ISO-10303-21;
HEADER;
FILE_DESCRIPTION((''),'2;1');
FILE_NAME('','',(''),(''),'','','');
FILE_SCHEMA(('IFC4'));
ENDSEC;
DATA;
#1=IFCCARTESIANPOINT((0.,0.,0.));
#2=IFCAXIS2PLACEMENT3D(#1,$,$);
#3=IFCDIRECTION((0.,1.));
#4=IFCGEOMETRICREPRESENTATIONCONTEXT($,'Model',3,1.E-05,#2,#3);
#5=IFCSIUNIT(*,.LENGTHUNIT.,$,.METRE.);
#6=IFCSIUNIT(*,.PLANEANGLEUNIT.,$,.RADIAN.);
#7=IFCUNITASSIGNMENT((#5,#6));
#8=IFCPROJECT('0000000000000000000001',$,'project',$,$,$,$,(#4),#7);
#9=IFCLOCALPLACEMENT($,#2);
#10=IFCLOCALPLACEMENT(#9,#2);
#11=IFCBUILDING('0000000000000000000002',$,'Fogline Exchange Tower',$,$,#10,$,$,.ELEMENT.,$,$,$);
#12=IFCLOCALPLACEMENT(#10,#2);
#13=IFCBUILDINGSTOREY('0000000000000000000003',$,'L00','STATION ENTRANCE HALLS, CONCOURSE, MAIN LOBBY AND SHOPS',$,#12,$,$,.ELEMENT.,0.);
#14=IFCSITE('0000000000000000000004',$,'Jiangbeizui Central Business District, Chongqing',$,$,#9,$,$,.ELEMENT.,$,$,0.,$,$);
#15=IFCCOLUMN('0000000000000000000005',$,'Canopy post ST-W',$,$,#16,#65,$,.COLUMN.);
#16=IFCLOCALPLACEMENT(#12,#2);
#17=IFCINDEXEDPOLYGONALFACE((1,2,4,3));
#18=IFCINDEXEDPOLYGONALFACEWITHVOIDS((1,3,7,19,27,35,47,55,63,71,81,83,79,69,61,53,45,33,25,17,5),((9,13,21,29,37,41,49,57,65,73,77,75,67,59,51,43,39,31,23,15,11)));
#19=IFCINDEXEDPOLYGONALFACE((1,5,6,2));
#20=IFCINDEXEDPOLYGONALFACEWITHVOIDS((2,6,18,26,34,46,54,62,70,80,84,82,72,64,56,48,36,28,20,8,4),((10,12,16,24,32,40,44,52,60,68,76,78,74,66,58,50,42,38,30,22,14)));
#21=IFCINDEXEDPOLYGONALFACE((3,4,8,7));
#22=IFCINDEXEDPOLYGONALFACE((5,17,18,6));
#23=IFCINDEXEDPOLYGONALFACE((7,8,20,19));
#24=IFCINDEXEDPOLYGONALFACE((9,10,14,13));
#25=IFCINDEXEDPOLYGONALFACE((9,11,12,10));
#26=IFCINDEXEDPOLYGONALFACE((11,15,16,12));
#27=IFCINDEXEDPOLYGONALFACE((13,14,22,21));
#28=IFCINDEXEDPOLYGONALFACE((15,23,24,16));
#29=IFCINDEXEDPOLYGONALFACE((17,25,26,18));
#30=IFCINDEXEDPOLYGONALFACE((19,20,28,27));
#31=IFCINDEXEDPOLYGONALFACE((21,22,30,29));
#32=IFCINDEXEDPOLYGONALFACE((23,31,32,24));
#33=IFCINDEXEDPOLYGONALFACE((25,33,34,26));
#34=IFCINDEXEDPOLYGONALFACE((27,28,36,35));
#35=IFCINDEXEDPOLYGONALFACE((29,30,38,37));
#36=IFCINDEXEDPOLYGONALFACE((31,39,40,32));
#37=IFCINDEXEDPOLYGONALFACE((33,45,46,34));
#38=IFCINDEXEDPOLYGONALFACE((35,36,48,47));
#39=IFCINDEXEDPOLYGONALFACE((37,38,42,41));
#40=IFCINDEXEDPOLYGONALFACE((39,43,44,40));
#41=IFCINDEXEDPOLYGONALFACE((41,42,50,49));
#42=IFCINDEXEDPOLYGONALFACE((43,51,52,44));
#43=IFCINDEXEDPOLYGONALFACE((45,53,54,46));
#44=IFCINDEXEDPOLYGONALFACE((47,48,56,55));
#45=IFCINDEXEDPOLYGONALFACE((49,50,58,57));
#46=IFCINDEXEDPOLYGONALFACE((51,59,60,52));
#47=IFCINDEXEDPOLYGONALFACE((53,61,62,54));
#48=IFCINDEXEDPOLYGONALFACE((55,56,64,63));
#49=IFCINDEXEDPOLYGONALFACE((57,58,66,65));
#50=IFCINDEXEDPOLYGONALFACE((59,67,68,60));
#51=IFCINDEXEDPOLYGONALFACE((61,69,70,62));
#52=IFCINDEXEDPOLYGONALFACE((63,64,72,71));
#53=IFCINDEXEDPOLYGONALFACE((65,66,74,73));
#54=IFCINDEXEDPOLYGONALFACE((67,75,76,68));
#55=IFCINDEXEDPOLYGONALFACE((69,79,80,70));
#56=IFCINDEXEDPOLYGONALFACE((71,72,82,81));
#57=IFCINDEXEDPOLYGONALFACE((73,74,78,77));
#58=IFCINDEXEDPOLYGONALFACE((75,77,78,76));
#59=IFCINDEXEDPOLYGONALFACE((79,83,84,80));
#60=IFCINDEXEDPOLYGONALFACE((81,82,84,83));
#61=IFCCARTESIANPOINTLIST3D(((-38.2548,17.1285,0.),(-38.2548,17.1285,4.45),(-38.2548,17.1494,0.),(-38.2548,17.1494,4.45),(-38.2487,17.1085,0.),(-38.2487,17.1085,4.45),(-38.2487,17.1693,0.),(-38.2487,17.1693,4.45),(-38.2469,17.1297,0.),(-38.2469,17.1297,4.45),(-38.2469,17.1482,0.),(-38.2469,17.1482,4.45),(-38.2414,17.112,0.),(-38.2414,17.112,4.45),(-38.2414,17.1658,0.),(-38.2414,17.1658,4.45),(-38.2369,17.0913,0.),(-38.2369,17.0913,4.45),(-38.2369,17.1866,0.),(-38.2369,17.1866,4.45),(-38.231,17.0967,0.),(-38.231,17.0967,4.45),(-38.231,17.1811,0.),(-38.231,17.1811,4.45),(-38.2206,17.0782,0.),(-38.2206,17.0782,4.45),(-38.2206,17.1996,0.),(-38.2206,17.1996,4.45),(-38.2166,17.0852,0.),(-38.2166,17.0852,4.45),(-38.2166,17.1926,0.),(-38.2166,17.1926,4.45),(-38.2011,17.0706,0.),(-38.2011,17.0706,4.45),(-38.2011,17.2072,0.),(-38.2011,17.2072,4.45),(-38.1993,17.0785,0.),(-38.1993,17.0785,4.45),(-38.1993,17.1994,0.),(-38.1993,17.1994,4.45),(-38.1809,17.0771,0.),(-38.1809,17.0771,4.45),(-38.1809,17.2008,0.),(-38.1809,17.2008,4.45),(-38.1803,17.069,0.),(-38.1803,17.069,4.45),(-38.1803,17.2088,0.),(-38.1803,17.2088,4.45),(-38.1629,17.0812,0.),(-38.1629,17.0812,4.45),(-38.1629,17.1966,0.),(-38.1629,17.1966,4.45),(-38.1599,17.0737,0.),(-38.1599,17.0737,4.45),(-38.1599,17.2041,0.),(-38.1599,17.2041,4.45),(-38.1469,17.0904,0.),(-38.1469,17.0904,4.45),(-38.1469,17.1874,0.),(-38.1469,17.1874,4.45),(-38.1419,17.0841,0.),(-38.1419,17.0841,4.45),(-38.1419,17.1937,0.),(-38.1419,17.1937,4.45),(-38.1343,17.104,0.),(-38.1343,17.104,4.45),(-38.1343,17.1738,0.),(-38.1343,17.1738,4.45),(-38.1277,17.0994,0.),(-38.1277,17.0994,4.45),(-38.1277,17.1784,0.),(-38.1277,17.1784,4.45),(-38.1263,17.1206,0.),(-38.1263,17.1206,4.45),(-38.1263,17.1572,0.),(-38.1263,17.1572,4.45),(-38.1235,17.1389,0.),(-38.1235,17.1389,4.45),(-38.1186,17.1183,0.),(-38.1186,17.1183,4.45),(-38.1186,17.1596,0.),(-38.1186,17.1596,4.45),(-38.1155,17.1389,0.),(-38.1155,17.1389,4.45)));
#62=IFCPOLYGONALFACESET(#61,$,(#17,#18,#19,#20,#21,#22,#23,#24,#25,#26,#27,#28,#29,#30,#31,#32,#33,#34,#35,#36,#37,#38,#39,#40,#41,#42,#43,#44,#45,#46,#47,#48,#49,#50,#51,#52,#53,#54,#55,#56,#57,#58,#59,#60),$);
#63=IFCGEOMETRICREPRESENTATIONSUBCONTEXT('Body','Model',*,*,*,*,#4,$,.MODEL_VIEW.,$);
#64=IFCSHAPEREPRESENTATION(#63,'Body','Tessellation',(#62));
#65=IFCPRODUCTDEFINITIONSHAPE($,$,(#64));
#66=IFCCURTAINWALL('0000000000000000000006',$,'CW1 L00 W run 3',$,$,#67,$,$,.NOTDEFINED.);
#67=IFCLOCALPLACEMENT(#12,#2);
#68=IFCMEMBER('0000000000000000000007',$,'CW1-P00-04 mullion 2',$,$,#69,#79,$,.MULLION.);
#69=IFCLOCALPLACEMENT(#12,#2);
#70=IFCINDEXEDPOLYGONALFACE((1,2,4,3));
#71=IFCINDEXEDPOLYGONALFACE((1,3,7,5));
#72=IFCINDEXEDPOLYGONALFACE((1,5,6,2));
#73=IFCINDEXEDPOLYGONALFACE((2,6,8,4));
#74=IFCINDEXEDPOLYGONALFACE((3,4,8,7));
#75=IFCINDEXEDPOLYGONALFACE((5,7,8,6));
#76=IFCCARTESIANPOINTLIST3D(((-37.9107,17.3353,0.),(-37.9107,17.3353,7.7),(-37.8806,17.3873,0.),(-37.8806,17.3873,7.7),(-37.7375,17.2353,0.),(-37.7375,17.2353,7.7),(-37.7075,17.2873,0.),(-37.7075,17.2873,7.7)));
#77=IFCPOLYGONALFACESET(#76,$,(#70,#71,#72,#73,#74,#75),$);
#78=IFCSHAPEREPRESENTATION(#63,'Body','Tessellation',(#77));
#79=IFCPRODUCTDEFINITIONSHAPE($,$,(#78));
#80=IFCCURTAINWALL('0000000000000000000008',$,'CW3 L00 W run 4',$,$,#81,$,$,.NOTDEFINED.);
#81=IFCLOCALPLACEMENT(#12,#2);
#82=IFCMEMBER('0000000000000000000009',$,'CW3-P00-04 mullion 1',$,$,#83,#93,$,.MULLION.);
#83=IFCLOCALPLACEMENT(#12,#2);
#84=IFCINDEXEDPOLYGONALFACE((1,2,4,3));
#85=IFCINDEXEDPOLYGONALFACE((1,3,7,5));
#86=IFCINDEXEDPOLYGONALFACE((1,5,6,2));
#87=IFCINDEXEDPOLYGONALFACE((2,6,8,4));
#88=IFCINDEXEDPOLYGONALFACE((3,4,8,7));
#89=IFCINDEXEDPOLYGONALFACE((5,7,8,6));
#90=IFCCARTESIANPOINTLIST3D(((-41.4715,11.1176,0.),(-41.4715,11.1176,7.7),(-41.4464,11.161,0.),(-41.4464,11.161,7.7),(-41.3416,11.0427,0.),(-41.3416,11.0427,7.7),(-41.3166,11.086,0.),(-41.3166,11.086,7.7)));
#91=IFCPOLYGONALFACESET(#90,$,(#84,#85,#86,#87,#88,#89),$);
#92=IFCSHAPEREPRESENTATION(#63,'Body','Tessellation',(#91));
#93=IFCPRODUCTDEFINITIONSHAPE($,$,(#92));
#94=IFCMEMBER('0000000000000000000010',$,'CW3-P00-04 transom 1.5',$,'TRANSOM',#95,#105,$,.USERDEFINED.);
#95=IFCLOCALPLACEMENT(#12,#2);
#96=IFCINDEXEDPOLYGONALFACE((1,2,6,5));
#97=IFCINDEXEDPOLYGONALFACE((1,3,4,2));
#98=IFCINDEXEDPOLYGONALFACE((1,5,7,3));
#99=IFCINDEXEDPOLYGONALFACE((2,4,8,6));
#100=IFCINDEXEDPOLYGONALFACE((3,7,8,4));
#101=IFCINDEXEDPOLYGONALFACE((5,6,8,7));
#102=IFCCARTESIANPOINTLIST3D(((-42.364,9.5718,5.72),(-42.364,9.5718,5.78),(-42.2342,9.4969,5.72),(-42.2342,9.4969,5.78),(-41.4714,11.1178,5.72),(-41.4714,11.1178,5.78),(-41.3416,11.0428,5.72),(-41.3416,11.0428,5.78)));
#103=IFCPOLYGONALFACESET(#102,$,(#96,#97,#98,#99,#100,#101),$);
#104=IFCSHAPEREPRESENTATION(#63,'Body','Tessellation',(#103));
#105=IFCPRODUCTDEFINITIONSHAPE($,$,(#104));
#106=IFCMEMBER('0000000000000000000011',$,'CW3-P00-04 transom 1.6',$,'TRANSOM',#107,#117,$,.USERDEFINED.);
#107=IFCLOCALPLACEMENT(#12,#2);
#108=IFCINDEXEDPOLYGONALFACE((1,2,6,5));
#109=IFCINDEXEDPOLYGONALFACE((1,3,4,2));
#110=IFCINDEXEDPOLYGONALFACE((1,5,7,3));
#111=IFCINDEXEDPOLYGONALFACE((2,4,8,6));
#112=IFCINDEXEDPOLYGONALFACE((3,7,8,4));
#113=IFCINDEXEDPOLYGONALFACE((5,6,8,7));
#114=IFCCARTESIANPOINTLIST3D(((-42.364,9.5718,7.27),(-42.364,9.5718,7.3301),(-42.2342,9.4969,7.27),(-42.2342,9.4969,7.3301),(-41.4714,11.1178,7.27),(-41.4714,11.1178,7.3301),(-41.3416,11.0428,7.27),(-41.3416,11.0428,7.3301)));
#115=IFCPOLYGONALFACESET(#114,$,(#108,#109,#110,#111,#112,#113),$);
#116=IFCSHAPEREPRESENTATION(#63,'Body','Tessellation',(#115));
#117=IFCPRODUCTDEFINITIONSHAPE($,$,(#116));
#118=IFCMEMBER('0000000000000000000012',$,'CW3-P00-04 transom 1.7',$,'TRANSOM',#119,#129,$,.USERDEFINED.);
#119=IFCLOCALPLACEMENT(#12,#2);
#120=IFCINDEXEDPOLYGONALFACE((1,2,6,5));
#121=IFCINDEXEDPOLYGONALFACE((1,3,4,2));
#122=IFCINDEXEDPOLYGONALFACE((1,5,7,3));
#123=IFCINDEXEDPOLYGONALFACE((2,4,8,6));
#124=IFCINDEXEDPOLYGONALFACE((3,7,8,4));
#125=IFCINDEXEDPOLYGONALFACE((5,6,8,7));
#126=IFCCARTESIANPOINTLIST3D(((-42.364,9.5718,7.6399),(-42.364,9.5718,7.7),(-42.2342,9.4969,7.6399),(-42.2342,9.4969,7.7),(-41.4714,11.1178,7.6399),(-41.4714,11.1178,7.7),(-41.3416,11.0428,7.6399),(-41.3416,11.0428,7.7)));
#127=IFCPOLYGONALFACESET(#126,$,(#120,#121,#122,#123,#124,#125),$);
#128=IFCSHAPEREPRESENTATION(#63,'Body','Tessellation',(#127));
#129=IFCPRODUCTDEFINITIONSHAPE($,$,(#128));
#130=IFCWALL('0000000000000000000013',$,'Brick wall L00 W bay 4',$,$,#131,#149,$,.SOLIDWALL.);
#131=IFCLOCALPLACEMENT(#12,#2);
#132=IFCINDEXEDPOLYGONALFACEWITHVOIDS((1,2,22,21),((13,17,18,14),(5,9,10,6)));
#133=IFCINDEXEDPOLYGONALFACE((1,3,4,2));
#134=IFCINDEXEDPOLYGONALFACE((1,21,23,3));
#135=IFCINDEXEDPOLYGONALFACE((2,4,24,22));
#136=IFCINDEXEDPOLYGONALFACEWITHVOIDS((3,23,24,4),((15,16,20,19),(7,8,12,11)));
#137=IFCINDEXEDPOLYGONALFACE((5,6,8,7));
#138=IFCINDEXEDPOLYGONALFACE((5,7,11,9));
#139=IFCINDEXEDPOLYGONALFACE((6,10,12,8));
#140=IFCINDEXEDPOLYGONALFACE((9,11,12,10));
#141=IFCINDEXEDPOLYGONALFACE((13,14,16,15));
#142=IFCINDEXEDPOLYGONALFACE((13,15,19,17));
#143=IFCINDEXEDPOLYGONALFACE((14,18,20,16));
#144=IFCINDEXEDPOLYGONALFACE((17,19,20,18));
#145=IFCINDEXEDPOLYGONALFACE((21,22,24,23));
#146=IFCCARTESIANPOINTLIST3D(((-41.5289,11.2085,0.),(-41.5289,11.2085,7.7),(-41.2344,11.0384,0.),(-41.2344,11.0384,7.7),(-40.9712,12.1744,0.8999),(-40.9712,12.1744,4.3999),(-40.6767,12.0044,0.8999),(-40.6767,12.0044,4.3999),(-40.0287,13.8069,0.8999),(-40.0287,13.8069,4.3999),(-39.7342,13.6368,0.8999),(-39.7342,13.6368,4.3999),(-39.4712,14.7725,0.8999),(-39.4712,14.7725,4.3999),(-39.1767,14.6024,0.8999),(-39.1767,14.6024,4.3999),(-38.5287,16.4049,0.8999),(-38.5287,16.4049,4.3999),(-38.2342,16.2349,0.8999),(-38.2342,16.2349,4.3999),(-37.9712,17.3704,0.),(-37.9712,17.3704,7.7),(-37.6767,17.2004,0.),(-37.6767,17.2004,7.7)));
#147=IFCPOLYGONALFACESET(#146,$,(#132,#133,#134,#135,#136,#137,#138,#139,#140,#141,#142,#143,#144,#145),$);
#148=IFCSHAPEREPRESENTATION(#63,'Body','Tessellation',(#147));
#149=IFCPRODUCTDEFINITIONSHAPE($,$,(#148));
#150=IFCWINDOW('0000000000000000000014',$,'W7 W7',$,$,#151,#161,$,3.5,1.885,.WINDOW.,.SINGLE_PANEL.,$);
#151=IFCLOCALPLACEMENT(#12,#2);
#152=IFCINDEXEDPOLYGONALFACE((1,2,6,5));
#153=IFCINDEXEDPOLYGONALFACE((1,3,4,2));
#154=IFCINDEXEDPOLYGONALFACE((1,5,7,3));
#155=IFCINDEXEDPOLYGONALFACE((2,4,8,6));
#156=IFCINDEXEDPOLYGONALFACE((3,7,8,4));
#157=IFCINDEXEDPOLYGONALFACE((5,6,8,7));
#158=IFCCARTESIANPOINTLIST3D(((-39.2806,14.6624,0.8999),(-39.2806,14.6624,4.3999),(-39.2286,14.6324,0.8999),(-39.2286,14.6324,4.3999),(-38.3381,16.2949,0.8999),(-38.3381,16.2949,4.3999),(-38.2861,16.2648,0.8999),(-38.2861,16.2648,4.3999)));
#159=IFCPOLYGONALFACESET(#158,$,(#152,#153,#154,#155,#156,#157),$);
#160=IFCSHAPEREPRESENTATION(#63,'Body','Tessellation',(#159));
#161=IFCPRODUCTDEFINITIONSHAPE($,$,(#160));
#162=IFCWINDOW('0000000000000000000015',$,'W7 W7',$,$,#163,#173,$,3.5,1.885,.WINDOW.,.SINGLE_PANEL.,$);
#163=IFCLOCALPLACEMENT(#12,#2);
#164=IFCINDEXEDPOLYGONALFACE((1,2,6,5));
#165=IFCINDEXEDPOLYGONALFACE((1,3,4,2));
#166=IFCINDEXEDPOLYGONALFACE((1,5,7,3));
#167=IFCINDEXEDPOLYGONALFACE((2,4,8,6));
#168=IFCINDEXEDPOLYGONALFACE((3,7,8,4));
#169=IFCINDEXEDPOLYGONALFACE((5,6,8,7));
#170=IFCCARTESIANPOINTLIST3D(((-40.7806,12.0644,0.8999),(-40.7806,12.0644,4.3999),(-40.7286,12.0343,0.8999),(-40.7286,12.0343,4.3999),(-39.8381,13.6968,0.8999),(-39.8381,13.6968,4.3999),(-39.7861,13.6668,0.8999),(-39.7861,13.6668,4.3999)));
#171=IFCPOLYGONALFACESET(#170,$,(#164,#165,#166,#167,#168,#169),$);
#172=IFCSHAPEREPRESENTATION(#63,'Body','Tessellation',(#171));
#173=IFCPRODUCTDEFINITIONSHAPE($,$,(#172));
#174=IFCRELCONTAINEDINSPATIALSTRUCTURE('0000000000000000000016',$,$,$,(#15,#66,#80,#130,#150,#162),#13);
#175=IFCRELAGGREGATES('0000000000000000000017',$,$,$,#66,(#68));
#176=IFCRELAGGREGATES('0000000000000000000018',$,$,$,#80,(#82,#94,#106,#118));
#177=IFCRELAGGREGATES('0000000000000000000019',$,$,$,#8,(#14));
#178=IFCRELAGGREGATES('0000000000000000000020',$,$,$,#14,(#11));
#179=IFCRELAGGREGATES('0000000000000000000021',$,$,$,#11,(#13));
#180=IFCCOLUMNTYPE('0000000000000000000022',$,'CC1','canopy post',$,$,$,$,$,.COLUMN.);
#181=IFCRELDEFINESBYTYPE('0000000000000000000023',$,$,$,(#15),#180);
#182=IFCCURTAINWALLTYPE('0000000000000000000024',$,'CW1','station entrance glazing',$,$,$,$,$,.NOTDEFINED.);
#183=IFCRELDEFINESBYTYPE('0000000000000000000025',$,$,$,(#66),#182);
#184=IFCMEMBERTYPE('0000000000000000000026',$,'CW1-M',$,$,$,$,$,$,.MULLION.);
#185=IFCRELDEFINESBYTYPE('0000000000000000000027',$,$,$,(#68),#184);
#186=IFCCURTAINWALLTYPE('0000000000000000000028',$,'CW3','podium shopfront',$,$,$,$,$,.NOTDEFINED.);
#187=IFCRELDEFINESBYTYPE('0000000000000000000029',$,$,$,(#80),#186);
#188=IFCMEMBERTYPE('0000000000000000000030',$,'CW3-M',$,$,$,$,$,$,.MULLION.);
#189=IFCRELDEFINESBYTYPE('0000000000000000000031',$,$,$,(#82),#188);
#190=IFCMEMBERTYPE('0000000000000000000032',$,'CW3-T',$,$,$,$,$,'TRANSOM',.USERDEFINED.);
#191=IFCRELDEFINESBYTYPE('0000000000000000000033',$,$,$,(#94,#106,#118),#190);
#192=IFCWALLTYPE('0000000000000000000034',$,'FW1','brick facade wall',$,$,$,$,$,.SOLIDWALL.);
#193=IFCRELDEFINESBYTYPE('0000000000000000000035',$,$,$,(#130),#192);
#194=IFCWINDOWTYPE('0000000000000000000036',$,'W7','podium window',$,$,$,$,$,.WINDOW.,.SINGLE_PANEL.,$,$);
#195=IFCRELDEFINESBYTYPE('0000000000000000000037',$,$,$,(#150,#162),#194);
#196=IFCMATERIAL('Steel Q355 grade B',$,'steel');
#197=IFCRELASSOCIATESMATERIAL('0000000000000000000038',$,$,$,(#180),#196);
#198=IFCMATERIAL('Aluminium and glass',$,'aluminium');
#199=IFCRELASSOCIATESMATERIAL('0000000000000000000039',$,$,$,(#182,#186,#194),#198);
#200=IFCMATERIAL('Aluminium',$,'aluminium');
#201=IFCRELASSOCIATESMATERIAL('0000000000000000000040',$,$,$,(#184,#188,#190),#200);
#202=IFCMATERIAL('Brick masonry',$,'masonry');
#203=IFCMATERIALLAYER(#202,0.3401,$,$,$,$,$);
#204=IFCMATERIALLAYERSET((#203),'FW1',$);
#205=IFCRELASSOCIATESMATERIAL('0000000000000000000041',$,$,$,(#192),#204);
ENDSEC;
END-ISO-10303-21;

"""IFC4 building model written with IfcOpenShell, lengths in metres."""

from ifc_helpers import new_model, si_unit, direction, frame, frame_2d, origin, origin_2d, place, context, subcontext, project, spatial, rectangle, hollow_circle, extrude, material, layer, layer_set, material_profile, profile_set, type_object, element, fill, aggregate, save


model = new_model("IFC4")

# Units and contexts
model_context = context("Model", 3, precision=1e-05, world=origin(), true_north=direction((0.0, 1.0)))
body_context = subcontext(model_context, "Body", "Model", "MODEL_VIEW")
ifc_project = project(units=[si_unit("LENGTHUNIT", "METRE"), si_unit("PLANEANGLEUNIT", "RADIAN")], contexts=[model_context])

# Site, building, storey
site_placement = place(None, origin())
site = spatial("IfcSite", under=ifc_project, at=site_placement, Name="Jiangbeizui Central Business District, Chongqing", CompositionType="ELEMENT", RefElevation=0.0)
building_placement = place(site_placement, origin())
building = spatial("IfcBuilding", under=site, at=building_placement, Name="Fogline Exchange Tower", CompositionType="ELEMENT")
storey_placement = place(building_placement, origin())
storey = spatial("IfcBuildingStorey", under=building, at=storey_placement, Name="L00", Description="STATION ENTRANCE HALLS, CONCOURSE, MAIN LOBBY AND SHOPS", CompositionType="ELEMENT", Elevation=0.0)

# Column
ifc_material_1 = material(Name="Steel Q355 grade B", Category="steel")
ifc_material_profile_1 = material_profile(ifc_material_1, hollow_circle(Radius=0.0701, WallThickness=0.0081, at=origin_2d()), Name="CHS 140x8")
ifc_profile_set_1 = profile_set([ifc_material_profile_1], Name="Steel Q355 grade B")
column_type = type_object("IfcColumnType", Name="CC1", Description="canopy post", PredefinedType="COLUMN", material=ifc_profile_set_1)
column_placement = place(storey_placement, frame((-38.1855, 17.1389, 0.0), z_axis=(0.0, 0.0, 1.0), x_axis=(1.0, 0.0, 0.0)))
element("IfcColumn", 1, at=column_placement, inside=storey, type_object=column_type, Name="Canopy post ST-W", PredefinedType="COLUMN", context=body_context, shape_type="SweptSolid", body=[
    extrude(hollow_circle(Radius=0.0701, WallThickness=0.0081, at=origin_2d()), origin(), (0.0, 0.0, 1.0), 4.45),
])

# Curtain wall, member
ifc_material_2 = material(Name="Aluminium and glass", Category="aluminium")
curtain_wall_type_1 = type_object("IfcCurtainWallType", Name="CW1", Description="station entrance glazing", PredefinedType="NOTDEFINED", material=ifc_material_2)
curtain_wall_1_placement = place(storey_placement, origin())
curtain_wall_1 = element("IfcCurtainWall", 2, at=curtain_wall_1_placement, inside=storey, type_object=curtain_wall_type_1, Name="CW1 L00 W run 3", PredefinedType="NOTDEFINED")
ifc_material_3 = material(Name="Aluminium", Category="aluminium")
ifc_material_profile_2 = material_profile(ifc_material_3, rectangle(XDim=0.2, YDim=0.0601, at=origin_2d()), Name="Mullion 60x200")
ifc_profile_set_2 = profile_set([ifc_material_profile_2], Name="Aluminium")
member_type_1 = type_object("IfcMemberType", Name="CW1-M", PredefinedType="MULLION", material=ifc_profile_set_2)
member_1_placement = place(storey_placement, frame((-37.8091, 17.3113, 0.0), z_axis=(0.0, 0.0, 1.0), x_axis=(0.866026, -0.5, 0.0)))
member_1 = element("IfcMember", 3, at=member_1_placement, type_object=member_type_1, Name="CW1-P00-04 mullion 2", PredefinedType="MULLION", context=body_context, shape_type="SweptSolid", body=[
    extrude(rectangle(XDim=0.2, YDim=0.0601, at=origin_2d()), origin(), (0.0, 0.0, 1.0), 7.7),
])
aggregate(curtain_wall_1, [member_1])

# Curtain wall, members
curtain_wall_type_2 = type_object("IfcCurtainWallType", Name="CW3", Description="podium shopfront", PredefinedType="NOTDEFINED", material=ifc_material_2)
curtain_wall_2_placement = place(storey_placement, origin())
curtain_wall_2 = element("IfcCurtainWall", 4, at=curtain_wall_2_placement, inside=storey, type_object=curtain_wall_type_2, Name="CW3 L00 W run 4", PredefinedType="NOTDEFINED")
ifc_material_profile_3 = material_profile(ifc_material_3, rectangle(XDim=0.1499, YDim=0.05, at=origin_2d()), Name="Mullion 50x150")
ifc_profile_set_3 = profile_set([ifc_material_profile_3], Name="Aluminium")
member_type_2 = type_object("IfcMemberType", Name="CW3-M", PredefinedType="MULLION", material=ifc_profile_set_3)
member_2_placement = place(storey_placement, frame((-41.394, 11.1018, 0.0), z_axis=(0.0, 0.0, 1.0), x_axis=(0.866024, -0.500002, 0.0)))
member_2 = element("IfcMember", 5, at=member_2_placement, type_object=member_type_2, Name="CW3-P00-04 mullion 1", PredefinedType="MULLION", context=body_context, shape_type="SweptSolid", body=[
    extrude(rectangle(XDim=0.1499, YDim=0.05, at=origin_2d()), origin(), (0.0, 0.0, 1.0), 7.7),
])
ifc_material_profile_4 = material_profile(ifc_material_3, rectangle(XDim=0.1499, YDim=0.0601, at=origin_2d()), Name="Transom 60x150")
ifc_profile_set_4 = profile_set([ifc_material_profile_4], Name="Aluminium")
member_type_3 = type_object("IfcMemberType", Name="CW3-T", ElementType="TRANSOM", PredefinedType="USERDEFINED", material=ifc_profile_set_4)
member_3_placement = place(storey_placement, frame((-41.4065, 11.0803, 5.75), z_axis=(-0.500022, -0.866012, 0.0), x_axis=(0.866012, -0.500022, 0.0)))
member_3 = element("IfcMember", 6, at=member_3_placement, type_object=member_type_3, Name="CW3-P00-04 transom 1.5", ObjectType="TRANSOM", PredefinedType="USERDEFINED", context=body_context, shape_type="SweptSolid", body=[
    extrude(rectangle(XDim=0.1499, YDim=0.0601, at=origin_2d()), origin(), (0.0, 0.0, 1.0), 1.7852),
])
member_4_placement = place(storey_placement, frame((-41.4065, 11.0803, 7.3), z_axis=(-0.500022, -0.866012, 0.0), x_axis=(0.866012, -0.500022, 0.0)))
member_4 = element("IfcMember", 7, at=member_4_placement, type_object=member_type_3, Name="CW3-P00-04 transom 1.6", ObjectType="TRANSOM", PredefinedType="USERDEFINED", context=body_context, shape_type="SweptSolid", body=[
    extrude(rectangle(XDim=0.1499, YDim=0.0601, at=origin_2d()), origin(), (0.0, 0.0, 1.0), 1.7852),
])
member_5_placement = place(storey_placement, frame((-41.4065, 11.0803, 7.6699), z_axis=(-0.500022, -0.866012, 0.0), x_axis=(0.866012, -0.500022, 0.0)))
member_5 = element("IfcMember", 8, at=member_5_placement, type_object=member_type_3, Name="CW3-P00-04 transom 1.7", ObjectType="TRANSOM", PredefinedType="USERDEFINED", context=body_context, shape_type="SweptSolid", body=[
    extrude(rectangle(XDim=0.1499, YDim=0.0601, at=origin_2d()), origin(), (0.0, 0.0, 1.0), 1.7852),
])
aggregate(curtain_wall_2, [member_2, member_3, member_4, member_5])

# Wall, openings, windows
ifc_material_4 = material(Name="Brick masonry", Category="masonry")
ifc_layer_1 = layer(ifc_material_4, 0.3401)
ifc_layer_set_1 = layer_set([ifc_layer_1], Name="FW1")
wall_type_1 = type_object("IfcWallType", Name="FW1", Description="brick facade wall", PredefinedType="SOLIDWALL", material=ifc_layer_set_1)
wall_1_placement = place(storey_placement, frame((-37.824, 17.2854, 0.0), z_axis=(0.0, 0.0, 1.0), x_axis=(-0.500007, -0.866022, 0.0)))
wall_1 = element("IfcWall", 9, at=wall_1_placement, inside=storey, type_object=wall_type_1, Name="Brick wall L00 W bay 4", PredefinedType="SOLIDWALL", context=body_context, shape_type="SweptSolid", body=[
    extrude(rectangle(XDim=7.1152, YDim=0.3401, at=frame_2d((3.5576, 0.0))), origin(), (0.0, 0.0, 1.0), 7.7),
])
opening_1_placement = place(wall_1_placement, frame((1.115, 0.0, 0.8999)))
opening_1 = element("IfcOpeningElement", 10, at=opening_1_placement, cuts=wall_1, PredefinedType="OPENING", context=body_context, shape_type="SweptSolid", body=[
    extrude(rectangle(XDim=1.885, YDim=3.5, at=frame_2d((0.9424, 1.75))), frame((0.0, 0.1802, 0.0), z_axis=(0.0, -1.0, 0.0), x_axis=(1.0, 0.0, 0.0)), (0.0, 0.0, 1.0), 0.3601),
])
opening_2_placement = place(wall_1_placement, frame((4.115, 0.0, 0.8999)))
opening_2 = element("IfcOpeningElement", 11, at=opening_2_placement, cuts=wall_1, PredefinedType="OPENING", context=body_context, shape_type="SweptSolid", body=[
    extrude(rectangle(XDim=1.885, YDim=3.5, at=frame_2d((0.9424, 1.75))), frame((0.0, 0.1802, 0.0), z_axis=(0.0, -1.0, 0.0), x_axis=(1.0, 0.0, 0.0)), (0.0, 0.0, 1.0), 0.3601),
])
window_type = type_object("IfcWindowType", Name="W7", Description="podium window", PartitioningType="SINGLE_PANEL", PredefinedType="WINDOW", material=ifc_material_2)
window_1_placement = place(opening_1_placement, origin())
window_1 = element("IfcWindow", 12, at=window_1_placement, inside=storey, type_object=window_type, Name="W7 W7", OverallHeight=3.5, OverallWidth=1.885, PartitioningType="SINGLE_PANEL", PredefinedType="WINDOW", context=body_context, shape_type="SweptSolid", body=[
    extrude(rectangle(XDim=1.885, YDim=3.5, at=frame_2d((0.9424, 1.75))), frame((0.0, 0.1101, 0.0), z_axis=(0.0, -1.0, 0.0), x_axis=(1.0, 0.0, 0.0)), (0.0, 0.0, 1.0), 0.0601),
])
fill(opening_1, window_1)
window_2_placement = place(opening_2_placement, origin())
window_2 = element("IfcWindow", 13, at=window_2_placement, inside=storey, type_object=window_type, Name="W7 W7", OverallHeight=3.5, OverallWidth=1.885, PartitioningType="SINGLE_PANEL", PredefinedType="WINDOW", context=body_context, shape_type="SweptSolid", body=[
    extrude(rectangle(XDim=1.885, YDim=3.5, at=frame_2d((0.9424, 1.75))), frame((0.0, 0.1101, 0.0), z_axis=(0.0, -1.0, 0.0), x_axis=(1.0, 0.0, 0.0)), (0.0, 0.0, 1.0), 0.0601),
])
fill(opening_2, window_2)

save(model, "model.ifc")
